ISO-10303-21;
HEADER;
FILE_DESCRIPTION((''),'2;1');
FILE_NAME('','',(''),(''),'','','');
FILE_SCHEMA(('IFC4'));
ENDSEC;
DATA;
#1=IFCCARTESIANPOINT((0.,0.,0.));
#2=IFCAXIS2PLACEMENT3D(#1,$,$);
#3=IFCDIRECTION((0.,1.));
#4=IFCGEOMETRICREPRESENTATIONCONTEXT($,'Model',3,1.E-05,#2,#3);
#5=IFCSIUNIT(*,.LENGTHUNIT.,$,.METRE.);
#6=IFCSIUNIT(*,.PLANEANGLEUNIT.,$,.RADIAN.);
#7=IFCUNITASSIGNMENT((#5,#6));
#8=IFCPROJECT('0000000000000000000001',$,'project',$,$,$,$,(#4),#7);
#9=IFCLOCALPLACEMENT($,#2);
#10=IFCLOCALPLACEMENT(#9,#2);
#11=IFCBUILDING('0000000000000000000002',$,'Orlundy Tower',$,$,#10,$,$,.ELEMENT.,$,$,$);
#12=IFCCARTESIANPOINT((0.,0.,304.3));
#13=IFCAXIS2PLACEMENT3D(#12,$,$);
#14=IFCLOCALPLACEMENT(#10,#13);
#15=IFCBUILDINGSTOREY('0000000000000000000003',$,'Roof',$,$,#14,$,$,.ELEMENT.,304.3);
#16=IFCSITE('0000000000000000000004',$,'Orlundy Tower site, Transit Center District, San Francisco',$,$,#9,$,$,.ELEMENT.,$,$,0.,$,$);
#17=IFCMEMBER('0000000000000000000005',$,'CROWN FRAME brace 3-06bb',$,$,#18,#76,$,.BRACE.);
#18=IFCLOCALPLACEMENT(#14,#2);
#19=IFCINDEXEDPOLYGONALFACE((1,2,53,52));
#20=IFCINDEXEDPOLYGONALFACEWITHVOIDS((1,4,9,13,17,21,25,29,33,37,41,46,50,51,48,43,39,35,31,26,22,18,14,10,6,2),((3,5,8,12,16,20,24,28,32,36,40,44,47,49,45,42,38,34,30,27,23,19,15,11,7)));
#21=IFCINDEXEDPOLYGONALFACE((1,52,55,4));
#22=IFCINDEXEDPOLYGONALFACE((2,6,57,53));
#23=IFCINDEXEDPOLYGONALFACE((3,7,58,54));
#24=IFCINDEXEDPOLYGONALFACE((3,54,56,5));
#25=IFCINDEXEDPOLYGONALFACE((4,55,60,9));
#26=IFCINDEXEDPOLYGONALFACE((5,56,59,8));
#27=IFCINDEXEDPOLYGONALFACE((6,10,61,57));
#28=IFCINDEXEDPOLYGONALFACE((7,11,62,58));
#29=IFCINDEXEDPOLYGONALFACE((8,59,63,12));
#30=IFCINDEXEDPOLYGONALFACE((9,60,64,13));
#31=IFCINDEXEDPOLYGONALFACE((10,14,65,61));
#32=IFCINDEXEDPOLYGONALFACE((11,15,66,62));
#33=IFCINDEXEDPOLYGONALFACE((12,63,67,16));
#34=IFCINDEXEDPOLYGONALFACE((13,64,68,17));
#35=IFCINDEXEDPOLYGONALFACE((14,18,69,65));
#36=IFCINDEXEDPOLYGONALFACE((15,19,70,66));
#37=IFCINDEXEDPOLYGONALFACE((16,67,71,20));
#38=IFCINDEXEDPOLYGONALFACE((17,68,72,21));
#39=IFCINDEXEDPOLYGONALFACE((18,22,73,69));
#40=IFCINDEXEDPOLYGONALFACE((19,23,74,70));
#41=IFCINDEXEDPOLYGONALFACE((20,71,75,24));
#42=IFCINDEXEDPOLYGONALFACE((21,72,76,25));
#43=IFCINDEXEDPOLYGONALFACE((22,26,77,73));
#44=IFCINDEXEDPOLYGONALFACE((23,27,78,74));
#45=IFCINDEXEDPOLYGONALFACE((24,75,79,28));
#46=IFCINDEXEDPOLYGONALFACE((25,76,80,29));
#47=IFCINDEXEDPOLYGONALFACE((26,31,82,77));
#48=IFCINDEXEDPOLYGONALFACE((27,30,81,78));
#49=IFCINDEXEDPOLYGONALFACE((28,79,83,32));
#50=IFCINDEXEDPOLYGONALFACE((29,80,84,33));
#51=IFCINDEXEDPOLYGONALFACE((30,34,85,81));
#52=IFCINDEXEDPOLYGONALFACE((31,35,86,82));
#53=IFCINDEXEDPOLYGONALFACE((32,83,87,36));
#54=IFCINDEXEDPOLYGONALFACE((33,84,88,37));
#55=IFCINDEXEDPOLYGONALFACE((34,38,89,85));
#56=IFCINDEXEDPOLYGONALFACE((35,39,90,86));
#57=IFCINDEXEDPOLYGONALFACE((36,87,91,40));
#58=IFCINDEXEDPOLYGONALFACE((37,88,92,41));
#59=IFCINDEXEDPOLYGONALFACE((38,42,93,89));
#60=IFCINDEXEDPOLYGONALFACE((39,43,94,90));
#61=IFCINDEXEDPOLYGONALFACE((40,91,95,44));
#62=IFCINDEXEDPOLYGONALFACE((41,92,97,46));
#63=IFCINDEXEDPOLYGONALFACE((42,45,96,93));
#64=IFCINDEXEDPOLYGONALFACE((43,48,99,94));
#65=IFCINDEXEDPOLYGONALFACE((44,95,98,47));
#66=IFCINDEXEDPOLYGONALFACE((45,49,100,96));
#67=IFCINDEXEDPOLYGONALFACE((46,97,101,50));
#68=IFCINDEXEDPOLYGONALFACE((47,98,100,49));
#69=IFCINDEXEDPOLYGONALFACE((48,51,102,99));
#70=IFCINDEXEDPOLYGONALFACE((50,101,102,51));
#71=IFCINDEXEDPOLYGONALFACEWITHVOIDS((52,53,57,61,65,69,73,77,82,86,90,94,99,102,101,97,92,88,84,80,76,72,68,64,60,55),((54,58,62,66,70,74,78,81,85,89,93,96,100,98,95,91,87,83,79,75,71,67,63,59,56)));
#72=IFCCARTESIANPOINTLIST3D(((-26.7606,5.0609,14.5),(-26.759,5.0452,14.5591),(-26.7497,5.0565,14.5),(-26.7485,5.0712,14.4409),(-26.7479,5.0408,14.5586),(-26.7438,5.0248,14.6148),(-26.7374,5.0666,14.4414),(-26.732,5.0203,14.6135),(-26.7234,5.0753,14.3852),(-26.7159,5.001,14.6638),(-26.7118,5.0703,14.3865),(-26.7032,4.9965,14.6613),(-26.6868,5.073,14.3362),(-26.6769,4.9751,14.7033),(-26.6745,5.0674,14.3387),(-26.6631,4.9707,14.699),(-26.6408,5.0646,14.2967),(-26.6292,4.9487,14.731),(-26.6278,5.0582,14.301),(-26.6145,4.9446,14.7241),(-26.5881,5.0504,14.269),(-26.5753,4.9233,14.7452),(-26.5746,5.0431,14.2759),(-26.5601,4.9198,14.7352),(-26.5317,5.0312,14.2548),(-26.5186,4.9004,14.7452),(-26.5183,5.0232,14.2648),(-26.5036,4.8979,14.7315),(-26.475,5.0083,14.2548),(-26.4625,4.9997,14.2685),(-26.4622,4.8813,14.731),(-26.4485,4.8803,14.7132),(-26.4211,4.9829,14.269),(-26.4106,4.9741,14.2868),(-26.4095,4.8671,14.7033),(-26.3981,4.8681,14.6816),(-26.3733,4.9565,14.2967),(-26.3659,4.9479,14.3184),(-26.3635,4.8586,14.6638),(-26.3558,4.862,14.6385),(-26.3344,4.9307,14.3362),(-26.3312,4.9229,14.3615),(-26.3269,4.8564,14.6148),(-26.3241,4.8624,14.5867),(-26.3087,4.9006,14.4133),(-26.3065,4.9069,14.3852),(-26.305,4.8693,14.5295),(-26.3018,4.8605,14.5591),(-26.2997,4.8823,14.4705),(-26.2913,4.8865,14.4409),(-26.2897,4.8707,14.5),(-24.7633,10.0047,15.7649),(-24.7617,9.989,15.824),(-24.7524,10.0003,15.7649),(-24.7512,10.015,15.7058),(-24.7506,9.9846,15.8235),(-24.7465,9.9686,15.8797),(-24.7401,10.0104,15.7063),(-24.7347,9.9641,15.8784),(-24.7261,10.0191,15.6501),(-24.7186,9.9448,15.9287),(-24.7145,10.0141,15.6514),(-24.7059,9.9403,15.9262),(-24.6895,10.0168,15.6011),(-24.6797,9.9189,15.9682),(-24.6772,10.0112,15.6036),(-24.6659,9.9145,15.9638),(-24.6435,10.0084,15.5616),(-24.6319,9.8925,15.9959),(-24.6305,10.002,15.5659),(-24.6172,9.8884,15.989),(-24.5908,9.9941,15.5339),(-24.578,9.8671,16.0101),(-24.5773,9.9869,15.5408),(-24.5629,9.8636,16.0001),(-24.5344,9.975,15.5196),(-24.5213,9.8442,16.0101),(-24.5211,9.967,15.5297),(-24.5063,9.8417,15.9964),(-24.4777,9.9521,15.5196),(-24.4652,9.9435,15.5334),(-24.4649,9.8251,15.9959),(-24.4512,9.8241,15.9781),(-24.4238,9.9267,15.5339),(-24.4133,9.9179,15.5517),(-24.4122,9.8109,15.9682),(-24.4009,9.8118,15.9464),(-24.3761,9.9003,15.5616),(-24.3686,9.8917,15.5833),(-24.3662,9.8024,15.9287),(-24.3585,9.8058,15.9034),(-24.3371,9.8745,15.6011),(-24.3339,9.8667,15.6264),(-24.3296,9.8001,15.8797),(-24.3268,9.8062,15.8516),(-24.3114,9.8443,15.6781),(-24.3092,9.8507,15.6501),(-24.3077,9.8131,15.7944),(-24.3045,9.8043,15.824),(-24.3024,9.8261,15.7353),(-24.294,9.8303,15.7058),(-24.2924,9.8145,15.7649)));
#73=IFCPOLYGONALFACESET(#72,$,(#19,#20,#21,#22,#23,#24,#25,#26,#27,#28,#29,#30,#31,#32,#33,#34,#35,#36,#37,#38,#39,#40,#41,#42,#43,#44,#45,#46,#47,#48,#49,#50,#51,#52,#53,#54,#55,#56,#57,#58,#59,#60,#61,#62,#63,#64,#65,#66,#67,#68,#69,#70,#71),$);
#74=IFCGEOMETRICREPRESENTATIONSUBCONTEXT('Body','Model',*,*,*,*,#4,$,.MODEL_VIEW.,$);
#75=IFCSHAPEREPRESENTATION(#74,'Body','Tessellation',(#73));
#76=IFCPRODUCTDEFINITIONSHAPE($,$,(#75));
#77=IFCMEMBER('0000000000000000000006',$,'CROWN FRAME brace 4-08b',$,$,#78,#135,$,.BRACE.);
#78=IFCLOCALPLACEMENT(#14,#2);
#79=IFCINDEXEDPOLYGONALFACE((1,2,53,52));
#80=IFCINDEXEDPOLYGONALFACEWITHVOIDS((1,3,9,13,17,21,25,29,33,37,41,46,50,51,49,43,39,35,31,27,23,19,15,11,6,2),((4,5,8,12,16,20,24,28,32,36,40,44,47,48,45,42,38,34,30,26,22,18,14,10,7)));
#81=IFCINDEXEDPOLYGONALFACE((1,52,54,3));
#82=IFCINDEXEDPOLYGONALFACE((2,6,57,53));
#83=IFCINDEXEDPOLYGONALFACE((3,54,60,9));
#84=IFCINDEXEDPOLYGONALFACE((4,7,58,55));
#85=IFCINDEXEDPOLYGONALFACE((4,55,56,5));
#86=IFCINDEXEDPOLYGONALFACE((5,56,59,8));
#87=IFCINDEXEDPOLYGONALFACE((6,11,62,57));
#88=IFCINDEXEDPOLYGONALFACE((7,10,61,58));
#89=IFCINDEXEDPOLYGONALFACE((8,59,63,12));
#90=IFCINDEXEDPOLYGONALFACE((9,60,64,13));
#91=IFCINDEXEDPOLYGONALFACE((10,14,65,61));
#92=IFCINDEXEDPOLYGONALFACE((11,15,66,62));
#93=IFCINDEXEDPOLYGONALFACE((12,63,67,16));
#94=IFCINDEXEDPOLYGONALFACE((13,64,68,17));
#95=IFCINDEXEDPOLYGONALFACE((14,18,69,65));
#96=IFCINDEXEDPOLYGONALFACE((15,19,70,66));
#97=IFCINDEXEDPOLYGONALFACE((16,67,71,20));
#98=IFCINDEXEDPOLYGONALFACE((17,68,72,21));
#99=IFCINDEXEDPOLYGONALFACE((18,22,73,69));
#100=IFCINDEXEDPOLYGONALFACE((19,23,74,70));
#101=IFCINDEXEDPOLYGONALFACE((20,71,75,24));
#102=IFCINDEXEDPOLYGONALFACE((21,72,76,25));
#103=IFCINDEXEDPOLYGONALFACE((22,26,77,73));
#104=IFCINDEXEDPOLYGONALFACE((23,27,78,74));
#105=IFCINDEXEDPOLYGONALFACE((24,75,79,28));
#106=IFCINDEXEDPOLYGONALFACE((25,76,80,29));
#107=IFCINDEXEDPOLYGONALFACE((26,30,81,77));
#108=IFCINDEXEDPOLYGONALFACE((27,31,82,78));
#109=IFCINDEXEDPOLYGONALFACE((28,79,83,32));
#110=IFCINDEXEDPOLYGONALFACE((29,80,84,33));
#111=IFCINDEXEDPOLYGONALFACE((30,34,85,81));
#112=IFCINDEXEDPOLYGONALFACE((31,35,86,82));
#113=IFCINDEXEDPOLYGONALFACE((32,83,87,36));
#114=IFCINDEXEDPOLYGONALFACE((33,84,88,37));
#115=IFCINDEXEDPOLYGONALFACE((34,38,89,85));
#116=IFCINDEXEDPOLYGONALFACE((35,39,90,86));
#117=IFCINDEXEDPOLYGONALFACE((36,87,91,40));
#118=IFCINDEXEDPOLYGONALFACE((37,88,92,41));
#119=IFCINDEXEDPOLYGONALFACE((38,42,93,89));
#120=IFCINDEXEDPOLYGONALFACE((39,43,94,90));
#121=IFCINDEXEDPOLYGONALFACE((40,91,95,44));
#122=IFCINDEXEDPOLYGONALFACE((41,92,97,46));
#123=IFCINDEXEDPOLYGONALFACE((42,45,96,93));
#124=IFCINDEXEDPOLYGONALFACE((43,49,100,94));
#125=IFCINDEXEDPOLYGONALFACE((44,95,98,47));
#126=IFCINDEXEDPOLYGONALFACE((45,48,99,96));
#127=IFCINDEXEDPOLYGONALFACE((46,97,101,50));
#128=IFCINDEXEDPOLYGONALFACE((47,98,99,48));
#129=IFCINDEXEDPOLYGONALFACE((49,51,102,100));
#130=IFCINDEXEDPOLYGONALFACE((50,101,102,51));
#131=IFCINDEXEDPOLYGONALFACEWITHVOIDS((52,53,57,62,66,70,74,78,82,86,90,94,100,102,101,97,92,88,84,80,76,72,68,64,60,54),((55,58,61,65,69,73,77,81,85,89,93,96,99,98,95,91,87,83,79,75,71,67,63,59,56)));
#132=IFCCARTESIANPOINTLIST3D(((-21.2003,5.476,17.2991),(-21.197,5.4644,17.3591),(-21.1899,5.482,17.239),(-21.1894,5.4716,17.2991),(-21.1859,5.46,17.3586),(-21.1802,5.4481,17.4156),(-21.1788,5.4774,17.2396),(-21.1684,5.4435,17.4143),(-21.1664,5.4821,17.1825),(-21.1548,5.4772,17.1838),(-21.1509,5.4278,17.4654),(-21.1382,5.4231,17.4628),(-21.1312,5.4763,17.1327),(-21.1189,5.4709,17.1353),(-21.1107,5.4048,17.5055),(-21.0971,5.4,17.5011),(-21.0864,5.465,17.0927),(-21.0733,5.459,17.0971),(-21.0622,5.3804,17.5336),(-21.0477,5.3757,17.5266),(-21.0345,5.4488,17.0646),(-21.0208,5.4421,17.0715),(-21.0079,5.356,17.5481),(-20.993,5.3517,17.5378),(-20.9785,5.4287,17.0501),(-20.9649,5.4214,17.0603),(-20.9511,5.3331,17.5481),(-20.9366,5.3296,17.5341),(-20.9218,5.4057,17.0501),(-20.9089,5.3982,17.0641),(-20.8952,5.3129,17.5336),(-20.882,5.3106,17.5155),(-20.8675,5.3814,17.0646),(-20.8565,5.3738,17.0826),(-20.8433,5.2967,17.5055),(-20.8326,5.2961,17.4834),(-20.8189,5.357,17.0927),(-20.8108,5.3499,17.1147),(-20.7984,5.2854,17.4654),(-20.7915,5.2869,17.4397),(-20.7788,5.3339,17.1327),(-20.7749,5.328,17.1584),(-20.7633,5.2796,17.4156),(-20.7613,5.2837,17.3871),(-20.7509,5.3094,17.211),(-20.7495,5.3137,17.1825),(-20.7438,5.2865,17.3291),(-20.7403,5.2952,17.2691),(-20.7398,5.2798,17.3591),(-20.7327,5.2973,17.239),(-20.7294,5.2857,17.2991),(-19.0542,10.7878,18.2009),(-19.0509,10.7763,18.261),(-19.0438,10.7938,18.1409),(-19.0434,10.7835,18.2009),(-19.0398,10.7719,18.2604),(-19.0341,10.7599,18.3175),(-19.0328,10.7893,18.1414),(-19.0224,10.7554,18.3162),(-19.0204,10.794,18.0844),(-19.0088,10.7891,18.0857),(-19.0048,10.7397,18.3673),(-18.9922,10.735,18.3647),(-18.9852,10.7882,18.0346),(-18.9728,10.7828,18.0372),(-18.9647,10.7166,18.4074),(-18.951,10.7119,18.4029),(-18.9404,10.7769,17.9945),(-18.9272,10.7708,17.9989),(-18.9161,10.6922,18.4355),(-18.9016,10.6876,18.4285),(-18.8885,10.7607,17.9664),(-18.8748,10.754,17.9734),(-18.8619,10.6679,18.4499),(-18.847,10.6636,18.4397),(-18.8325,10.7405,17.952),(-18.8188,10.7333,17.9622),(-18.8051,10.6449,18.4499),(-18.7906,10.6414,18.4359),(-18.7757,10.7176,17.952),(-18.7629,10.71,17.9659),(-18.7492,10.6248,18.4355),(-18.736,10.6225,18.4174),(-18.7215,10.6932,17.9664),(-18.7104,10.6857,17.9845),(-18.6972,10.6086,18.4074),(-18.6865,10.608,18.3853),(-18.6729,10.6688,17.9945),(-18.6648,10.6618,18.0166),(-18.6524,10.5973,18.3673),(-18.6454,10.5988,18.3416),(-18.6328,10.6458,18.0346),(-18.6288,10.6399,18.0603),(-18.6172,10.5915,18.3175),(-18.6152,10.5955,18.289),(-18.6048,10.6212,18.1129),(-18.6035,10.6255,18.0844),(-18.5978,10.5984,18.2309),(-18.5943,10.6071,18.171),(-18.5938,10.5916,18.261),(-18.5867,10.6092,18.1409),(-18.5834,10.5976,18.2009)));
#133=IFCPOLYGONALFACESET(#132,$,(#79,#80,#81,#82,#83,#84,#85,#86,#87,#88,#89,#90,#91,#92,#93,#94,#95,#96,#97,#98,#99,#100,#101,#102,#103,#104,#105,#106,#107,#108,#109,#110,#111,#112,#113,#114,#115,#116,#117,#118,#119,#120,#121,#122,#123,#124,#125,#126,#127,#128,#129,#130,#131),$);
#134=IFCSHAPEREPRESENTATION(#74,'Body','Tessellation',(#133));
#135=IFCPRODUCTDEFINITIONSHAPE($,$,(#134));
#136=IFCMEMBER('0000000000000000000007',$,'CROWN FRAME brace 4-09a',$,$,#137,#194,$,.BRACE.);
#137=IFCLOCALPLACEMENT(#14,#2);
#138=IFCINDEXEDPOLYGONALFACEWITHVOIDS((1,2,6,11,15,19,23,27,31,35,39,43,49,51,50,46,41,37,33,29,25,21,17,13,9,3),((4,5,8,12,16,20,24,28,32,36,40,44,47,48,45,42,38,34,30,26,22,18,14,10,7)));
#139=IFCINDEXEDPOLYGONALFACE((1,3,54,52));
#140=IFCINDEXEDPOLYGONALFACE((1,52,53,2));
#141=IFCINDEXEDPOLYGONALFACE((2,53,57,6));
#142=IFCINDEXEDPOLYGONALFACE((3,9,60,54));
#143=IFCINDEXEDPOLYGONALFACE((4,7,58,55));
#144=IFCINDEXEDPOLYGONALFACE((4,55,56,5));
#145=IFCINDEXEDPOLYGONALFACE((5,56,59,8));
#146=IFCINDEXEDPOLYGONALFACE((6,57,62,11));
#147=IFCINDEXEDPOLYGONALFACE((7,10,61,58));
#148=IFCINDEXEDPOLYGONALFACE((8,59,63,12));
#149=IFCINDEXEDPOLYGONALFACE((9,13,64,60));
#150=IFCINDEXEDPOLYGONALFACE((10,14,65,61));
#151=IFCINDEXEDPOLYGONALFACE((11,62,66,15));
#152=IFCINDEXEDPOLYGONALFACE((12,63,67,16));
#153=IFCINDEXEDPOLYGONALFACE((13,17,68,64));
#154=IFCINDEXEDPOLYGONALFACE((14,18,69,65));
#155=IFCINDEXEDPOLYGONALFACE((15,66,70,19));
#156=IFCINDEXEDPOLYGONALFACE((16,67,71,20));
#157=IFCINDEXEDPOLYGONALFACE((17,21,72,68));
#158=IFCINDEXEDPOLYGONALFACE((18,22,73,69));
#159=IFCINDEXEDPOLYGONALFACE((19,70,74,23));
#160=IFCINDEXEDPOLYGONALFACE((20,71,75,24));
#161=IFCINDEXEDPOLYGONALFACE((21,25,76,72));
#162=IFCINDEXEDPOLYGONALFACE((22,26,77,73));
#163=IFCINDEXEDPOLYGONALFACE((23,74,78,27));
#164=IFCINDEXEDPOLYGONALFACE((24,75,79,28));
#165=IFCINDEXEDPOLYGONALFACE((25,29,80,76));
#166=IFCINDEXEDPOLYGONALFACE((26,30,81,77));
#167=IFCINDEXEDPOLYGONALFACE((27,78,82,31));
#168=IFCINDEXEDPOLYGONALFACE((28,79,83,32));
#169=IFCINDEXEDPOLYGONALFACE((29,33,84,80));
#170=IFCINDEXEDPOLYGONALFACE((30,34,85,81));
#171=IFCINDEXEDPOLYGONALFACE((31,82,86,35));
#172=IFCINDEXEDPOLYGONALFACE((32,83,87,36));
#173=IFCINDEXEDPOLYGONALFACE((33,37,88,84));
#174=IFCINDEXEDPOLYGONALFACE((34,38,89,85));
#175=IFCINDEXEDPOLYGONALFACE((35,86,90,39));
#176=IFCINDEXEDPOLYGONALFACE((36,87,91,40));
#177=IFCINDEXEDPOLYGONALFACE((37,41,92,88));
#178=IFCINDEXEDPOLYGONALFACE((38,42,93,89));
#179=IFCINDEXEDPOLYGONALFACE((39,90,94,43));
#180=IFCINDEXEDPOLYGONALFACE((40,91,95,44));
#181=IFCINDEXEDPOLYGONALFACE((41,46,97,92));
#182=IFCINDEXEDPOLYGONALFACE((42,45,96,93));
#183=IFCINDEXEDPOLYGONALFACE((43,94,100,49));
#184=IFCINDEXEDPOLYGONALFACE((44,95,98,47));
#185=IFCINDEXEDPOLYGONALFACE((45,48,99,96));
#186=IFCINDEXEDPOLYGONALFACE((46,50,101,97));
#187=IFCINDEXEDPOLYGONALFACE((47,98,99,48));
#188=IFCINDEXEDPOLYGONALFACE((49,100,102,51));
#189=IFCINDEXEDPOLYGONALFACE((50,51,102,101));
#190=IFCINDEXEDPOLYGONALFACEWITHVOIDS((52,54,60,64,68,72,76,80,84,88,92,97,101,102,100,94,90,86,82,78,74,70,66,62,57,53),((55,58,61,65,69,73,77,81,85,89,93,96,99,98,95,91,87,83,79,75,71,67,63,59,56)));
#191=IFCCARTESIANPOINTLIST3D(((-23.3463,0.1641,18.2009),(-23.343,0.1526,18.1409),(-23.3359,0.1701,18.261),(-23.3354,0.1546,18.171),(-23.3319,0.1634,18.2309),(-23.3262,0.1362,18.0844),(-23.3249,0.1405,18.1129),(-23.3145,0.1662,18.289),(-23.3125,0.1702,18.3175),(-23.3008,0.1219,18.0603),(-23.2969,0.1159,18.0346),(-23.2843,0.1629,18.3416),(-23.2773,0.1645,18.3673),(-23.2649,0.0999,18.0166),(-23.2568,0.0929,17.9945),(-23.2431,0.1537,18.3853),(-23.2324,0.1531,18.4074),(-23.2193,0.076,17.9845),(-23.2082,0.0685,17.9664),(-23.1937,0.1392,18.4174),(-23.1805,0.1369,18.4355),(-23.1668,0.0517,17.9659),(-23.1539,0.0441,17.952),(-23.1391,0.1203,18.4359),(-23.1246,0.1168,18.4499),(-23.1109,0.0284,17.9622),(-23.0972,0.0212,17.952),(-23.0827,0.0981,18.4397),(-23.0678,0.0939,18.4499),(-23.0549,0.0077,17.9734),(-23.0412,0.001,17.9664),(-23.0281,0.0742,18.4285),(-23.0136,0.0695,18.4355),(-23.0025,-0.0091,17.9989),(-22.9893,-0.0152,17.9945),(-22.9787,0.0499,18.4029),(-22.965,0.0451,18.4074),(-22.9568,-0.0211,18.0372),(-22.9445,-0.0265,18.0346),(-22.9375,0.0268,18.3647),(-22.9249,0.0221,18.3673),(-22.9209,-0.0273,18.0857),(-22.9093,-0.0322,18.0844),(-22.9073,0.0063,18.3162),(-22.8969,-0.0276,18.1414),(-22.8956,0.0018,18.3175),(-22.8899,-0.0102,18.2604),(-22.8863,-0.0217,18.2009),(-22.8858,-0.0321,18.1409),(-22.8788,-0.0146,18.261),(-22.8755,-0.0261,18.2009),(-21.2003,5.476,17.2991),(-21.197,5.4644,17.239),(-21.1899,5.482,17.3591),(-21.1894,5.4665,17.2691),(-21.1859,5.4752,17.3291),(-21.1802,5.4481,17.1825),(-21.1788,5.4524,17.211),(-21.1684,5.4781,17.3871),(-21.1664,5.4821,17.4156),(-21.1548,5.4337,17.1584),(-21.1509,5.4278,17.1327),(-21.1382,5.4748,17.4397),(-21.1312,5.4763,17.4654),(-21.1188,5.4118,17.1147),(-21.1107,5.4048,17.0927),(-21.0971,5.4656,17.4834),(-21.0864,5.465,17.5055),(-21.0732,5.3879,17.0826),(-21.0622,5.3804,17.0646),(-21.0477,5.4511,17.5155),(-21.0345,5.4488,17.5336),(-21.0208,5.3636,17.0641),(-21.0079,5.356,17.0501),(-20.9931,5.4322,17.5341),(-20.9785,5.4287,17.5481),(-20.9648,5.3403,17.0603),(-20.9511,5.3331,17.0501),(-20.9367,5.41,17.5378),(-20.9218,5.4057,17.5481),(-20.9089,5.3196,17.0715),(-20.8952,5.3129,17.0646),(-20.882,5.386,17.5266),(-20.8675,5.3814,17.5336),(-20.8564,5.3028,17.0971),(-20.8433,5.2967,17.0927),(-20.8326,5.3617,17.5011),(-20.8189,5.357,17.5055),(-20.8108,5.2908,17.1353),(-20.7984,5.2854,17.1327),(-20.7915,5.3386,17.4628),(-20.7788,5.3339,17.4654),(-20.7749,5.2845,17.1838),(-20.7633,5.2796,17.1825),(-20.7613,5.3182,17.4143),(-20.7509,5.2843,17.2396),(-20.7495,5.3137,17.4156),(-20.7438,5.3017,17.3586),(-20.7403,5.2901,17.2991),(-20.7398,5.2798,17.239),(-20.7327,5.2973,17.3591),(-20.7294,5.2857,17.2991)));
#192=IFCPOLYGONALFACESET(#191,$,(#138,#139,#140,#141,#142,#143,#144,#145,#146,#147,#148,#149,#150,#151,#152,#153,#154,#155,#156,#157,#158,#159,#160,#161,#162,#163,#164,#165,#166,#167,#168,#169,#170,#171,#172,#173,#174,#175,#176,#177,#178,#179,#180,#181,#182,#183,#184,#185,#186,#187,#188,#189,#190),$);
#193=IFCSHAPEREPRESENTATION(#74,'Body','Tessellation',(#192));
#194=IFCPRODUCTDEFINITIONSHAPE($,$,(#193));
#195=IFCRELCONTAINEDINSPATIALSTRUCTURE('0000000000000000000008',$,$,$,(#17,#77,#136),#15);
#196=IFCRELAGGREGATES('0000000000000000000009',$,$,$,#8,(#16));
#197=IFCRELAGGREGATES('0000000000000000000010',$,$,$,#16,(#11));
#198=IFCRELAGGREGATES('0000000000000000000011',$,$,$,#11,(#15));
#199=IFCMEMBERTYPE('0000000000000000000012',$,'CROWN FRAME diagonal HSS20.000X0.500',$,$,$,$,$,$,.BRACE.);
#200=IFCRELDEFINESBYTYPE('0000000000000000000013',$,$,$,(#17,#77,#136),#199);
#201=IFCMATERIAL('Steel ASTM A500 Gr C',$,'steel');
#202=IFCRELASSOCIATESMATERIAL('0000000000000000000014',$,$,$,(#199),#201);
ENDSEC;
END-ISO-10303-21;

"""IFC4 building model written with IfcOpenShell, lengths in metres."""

from ifc_helpers import new_model, si_unit, direction, frame, origin, origin_2d, place, context, subcontext, project, spatial, hollow_circle, extrude, material, material_profile, profile_set, type_object, element, save


model = new_model("IFC4")

# Units and contexts
model_context = context("Model", 3, precision=1e-05, world=origin(), true_north=direction((0.0, 1.0)))
body_context = subcontext(model_context, "Body", "Model", "MODEL_VIEW")
ifc_project = project(units=[si_unit("LENGTHUNIT", "METRE"), si_unit("PLANEANGLEUNIT", "RADIAN")], contexts=[model_context])

# Site, building, storey
site_placement = place(None, origin())
site = spatial("IfcSite", under=ifc_project, at=site_placement, Name="Orlundy Tower site, Transit Center District, San Francisco", CompositionType="ELEMENT", RefElevation=0.0)
building_placement = place(site_placement, origin())
building = spatial("IfcBuilding", under=site, at=building_placement, Name="Orlundy Tower", CompositionType="ELEMENT")
storey_placement = place(building_placement, frame((0.0, 0.0, 304.3)))
storey = spatial("IfcBuildingStorey", under=building, at=storey_placement, Name="Roof", CompositionType="ELEMENT", Elevation=304.3)

# Members
ifc_material_1 = material(Name="Steel ASTM A500 Gr C", Category="steel")
ifc_material_profile_1 = material_profile(ifc_material_1, hollow_circle(Radius=0.2539, WallThickness=0.0117, at=origin_2d()), Name="HSS20.000X0.500")
ifc_profile_set_1 = profile_set([ifc_material_profile_1], Name="Steel ASTM A500 Gr C")
member_type_1 = type_object("IfcMemberType", Name="CROWN FRAME diagonal HSS20.000X0.500", PredefinedType="BRACE", material=ifc_profile_set_1)
member_1_placement = place(storey_placement, frame((-26.5251, 4.9658, 14.5), z_axis=(0.364471, 0.902155, 0.230818), x_axis=(-0.927192, 0.374586, 0.0)))
element("IfcMember", 1, at=member_1_placement, inside=storey, type_object=member_type_1, Name="CROWN FRAME brace 3-06bb", PredefinedType="BRACE", context=body_context, shape_type="SweptSolid", body=[
    extrude(hollow_circle(Radius=0.2539, WallThickness=0.0117, at=origin_2d()), origin(), (0.0, 0.0, 1.0), 5.48),
])
for number, where, z_axis, x_axis, name in (
    (2, (-20.9648, 5.3809, 17.2991), (0.370035, 0.91591, 0.155507), (-0.92719, 0.374592, 0.0), "CROWN FRAME brace 4-08b"),
    (3, (-20.9648, 5.3809, 17.2991), (-0.370035, -0.91591, 0.155507), (0.92719, -0.374592, 0.0), "CROWN FRAME brace 4-09a"),
):
    element("IfcMember", number, at=place(storey_placement, frame(where, z_axis=z_axis, x_axis=x_axis)), inside=storey, type_object=member_type_1, Name=name, PredefinedType="BRACE", context=body_context, shape_type="SweptSolid", body=[
        extrude(hollow_circle(Radius=0.2539, WallThickness=0.0117, at=origin_2d()), origin(), (0.0, 0.0, 1.0), 5.7996),
    ])

save(model, "model.ifc")
